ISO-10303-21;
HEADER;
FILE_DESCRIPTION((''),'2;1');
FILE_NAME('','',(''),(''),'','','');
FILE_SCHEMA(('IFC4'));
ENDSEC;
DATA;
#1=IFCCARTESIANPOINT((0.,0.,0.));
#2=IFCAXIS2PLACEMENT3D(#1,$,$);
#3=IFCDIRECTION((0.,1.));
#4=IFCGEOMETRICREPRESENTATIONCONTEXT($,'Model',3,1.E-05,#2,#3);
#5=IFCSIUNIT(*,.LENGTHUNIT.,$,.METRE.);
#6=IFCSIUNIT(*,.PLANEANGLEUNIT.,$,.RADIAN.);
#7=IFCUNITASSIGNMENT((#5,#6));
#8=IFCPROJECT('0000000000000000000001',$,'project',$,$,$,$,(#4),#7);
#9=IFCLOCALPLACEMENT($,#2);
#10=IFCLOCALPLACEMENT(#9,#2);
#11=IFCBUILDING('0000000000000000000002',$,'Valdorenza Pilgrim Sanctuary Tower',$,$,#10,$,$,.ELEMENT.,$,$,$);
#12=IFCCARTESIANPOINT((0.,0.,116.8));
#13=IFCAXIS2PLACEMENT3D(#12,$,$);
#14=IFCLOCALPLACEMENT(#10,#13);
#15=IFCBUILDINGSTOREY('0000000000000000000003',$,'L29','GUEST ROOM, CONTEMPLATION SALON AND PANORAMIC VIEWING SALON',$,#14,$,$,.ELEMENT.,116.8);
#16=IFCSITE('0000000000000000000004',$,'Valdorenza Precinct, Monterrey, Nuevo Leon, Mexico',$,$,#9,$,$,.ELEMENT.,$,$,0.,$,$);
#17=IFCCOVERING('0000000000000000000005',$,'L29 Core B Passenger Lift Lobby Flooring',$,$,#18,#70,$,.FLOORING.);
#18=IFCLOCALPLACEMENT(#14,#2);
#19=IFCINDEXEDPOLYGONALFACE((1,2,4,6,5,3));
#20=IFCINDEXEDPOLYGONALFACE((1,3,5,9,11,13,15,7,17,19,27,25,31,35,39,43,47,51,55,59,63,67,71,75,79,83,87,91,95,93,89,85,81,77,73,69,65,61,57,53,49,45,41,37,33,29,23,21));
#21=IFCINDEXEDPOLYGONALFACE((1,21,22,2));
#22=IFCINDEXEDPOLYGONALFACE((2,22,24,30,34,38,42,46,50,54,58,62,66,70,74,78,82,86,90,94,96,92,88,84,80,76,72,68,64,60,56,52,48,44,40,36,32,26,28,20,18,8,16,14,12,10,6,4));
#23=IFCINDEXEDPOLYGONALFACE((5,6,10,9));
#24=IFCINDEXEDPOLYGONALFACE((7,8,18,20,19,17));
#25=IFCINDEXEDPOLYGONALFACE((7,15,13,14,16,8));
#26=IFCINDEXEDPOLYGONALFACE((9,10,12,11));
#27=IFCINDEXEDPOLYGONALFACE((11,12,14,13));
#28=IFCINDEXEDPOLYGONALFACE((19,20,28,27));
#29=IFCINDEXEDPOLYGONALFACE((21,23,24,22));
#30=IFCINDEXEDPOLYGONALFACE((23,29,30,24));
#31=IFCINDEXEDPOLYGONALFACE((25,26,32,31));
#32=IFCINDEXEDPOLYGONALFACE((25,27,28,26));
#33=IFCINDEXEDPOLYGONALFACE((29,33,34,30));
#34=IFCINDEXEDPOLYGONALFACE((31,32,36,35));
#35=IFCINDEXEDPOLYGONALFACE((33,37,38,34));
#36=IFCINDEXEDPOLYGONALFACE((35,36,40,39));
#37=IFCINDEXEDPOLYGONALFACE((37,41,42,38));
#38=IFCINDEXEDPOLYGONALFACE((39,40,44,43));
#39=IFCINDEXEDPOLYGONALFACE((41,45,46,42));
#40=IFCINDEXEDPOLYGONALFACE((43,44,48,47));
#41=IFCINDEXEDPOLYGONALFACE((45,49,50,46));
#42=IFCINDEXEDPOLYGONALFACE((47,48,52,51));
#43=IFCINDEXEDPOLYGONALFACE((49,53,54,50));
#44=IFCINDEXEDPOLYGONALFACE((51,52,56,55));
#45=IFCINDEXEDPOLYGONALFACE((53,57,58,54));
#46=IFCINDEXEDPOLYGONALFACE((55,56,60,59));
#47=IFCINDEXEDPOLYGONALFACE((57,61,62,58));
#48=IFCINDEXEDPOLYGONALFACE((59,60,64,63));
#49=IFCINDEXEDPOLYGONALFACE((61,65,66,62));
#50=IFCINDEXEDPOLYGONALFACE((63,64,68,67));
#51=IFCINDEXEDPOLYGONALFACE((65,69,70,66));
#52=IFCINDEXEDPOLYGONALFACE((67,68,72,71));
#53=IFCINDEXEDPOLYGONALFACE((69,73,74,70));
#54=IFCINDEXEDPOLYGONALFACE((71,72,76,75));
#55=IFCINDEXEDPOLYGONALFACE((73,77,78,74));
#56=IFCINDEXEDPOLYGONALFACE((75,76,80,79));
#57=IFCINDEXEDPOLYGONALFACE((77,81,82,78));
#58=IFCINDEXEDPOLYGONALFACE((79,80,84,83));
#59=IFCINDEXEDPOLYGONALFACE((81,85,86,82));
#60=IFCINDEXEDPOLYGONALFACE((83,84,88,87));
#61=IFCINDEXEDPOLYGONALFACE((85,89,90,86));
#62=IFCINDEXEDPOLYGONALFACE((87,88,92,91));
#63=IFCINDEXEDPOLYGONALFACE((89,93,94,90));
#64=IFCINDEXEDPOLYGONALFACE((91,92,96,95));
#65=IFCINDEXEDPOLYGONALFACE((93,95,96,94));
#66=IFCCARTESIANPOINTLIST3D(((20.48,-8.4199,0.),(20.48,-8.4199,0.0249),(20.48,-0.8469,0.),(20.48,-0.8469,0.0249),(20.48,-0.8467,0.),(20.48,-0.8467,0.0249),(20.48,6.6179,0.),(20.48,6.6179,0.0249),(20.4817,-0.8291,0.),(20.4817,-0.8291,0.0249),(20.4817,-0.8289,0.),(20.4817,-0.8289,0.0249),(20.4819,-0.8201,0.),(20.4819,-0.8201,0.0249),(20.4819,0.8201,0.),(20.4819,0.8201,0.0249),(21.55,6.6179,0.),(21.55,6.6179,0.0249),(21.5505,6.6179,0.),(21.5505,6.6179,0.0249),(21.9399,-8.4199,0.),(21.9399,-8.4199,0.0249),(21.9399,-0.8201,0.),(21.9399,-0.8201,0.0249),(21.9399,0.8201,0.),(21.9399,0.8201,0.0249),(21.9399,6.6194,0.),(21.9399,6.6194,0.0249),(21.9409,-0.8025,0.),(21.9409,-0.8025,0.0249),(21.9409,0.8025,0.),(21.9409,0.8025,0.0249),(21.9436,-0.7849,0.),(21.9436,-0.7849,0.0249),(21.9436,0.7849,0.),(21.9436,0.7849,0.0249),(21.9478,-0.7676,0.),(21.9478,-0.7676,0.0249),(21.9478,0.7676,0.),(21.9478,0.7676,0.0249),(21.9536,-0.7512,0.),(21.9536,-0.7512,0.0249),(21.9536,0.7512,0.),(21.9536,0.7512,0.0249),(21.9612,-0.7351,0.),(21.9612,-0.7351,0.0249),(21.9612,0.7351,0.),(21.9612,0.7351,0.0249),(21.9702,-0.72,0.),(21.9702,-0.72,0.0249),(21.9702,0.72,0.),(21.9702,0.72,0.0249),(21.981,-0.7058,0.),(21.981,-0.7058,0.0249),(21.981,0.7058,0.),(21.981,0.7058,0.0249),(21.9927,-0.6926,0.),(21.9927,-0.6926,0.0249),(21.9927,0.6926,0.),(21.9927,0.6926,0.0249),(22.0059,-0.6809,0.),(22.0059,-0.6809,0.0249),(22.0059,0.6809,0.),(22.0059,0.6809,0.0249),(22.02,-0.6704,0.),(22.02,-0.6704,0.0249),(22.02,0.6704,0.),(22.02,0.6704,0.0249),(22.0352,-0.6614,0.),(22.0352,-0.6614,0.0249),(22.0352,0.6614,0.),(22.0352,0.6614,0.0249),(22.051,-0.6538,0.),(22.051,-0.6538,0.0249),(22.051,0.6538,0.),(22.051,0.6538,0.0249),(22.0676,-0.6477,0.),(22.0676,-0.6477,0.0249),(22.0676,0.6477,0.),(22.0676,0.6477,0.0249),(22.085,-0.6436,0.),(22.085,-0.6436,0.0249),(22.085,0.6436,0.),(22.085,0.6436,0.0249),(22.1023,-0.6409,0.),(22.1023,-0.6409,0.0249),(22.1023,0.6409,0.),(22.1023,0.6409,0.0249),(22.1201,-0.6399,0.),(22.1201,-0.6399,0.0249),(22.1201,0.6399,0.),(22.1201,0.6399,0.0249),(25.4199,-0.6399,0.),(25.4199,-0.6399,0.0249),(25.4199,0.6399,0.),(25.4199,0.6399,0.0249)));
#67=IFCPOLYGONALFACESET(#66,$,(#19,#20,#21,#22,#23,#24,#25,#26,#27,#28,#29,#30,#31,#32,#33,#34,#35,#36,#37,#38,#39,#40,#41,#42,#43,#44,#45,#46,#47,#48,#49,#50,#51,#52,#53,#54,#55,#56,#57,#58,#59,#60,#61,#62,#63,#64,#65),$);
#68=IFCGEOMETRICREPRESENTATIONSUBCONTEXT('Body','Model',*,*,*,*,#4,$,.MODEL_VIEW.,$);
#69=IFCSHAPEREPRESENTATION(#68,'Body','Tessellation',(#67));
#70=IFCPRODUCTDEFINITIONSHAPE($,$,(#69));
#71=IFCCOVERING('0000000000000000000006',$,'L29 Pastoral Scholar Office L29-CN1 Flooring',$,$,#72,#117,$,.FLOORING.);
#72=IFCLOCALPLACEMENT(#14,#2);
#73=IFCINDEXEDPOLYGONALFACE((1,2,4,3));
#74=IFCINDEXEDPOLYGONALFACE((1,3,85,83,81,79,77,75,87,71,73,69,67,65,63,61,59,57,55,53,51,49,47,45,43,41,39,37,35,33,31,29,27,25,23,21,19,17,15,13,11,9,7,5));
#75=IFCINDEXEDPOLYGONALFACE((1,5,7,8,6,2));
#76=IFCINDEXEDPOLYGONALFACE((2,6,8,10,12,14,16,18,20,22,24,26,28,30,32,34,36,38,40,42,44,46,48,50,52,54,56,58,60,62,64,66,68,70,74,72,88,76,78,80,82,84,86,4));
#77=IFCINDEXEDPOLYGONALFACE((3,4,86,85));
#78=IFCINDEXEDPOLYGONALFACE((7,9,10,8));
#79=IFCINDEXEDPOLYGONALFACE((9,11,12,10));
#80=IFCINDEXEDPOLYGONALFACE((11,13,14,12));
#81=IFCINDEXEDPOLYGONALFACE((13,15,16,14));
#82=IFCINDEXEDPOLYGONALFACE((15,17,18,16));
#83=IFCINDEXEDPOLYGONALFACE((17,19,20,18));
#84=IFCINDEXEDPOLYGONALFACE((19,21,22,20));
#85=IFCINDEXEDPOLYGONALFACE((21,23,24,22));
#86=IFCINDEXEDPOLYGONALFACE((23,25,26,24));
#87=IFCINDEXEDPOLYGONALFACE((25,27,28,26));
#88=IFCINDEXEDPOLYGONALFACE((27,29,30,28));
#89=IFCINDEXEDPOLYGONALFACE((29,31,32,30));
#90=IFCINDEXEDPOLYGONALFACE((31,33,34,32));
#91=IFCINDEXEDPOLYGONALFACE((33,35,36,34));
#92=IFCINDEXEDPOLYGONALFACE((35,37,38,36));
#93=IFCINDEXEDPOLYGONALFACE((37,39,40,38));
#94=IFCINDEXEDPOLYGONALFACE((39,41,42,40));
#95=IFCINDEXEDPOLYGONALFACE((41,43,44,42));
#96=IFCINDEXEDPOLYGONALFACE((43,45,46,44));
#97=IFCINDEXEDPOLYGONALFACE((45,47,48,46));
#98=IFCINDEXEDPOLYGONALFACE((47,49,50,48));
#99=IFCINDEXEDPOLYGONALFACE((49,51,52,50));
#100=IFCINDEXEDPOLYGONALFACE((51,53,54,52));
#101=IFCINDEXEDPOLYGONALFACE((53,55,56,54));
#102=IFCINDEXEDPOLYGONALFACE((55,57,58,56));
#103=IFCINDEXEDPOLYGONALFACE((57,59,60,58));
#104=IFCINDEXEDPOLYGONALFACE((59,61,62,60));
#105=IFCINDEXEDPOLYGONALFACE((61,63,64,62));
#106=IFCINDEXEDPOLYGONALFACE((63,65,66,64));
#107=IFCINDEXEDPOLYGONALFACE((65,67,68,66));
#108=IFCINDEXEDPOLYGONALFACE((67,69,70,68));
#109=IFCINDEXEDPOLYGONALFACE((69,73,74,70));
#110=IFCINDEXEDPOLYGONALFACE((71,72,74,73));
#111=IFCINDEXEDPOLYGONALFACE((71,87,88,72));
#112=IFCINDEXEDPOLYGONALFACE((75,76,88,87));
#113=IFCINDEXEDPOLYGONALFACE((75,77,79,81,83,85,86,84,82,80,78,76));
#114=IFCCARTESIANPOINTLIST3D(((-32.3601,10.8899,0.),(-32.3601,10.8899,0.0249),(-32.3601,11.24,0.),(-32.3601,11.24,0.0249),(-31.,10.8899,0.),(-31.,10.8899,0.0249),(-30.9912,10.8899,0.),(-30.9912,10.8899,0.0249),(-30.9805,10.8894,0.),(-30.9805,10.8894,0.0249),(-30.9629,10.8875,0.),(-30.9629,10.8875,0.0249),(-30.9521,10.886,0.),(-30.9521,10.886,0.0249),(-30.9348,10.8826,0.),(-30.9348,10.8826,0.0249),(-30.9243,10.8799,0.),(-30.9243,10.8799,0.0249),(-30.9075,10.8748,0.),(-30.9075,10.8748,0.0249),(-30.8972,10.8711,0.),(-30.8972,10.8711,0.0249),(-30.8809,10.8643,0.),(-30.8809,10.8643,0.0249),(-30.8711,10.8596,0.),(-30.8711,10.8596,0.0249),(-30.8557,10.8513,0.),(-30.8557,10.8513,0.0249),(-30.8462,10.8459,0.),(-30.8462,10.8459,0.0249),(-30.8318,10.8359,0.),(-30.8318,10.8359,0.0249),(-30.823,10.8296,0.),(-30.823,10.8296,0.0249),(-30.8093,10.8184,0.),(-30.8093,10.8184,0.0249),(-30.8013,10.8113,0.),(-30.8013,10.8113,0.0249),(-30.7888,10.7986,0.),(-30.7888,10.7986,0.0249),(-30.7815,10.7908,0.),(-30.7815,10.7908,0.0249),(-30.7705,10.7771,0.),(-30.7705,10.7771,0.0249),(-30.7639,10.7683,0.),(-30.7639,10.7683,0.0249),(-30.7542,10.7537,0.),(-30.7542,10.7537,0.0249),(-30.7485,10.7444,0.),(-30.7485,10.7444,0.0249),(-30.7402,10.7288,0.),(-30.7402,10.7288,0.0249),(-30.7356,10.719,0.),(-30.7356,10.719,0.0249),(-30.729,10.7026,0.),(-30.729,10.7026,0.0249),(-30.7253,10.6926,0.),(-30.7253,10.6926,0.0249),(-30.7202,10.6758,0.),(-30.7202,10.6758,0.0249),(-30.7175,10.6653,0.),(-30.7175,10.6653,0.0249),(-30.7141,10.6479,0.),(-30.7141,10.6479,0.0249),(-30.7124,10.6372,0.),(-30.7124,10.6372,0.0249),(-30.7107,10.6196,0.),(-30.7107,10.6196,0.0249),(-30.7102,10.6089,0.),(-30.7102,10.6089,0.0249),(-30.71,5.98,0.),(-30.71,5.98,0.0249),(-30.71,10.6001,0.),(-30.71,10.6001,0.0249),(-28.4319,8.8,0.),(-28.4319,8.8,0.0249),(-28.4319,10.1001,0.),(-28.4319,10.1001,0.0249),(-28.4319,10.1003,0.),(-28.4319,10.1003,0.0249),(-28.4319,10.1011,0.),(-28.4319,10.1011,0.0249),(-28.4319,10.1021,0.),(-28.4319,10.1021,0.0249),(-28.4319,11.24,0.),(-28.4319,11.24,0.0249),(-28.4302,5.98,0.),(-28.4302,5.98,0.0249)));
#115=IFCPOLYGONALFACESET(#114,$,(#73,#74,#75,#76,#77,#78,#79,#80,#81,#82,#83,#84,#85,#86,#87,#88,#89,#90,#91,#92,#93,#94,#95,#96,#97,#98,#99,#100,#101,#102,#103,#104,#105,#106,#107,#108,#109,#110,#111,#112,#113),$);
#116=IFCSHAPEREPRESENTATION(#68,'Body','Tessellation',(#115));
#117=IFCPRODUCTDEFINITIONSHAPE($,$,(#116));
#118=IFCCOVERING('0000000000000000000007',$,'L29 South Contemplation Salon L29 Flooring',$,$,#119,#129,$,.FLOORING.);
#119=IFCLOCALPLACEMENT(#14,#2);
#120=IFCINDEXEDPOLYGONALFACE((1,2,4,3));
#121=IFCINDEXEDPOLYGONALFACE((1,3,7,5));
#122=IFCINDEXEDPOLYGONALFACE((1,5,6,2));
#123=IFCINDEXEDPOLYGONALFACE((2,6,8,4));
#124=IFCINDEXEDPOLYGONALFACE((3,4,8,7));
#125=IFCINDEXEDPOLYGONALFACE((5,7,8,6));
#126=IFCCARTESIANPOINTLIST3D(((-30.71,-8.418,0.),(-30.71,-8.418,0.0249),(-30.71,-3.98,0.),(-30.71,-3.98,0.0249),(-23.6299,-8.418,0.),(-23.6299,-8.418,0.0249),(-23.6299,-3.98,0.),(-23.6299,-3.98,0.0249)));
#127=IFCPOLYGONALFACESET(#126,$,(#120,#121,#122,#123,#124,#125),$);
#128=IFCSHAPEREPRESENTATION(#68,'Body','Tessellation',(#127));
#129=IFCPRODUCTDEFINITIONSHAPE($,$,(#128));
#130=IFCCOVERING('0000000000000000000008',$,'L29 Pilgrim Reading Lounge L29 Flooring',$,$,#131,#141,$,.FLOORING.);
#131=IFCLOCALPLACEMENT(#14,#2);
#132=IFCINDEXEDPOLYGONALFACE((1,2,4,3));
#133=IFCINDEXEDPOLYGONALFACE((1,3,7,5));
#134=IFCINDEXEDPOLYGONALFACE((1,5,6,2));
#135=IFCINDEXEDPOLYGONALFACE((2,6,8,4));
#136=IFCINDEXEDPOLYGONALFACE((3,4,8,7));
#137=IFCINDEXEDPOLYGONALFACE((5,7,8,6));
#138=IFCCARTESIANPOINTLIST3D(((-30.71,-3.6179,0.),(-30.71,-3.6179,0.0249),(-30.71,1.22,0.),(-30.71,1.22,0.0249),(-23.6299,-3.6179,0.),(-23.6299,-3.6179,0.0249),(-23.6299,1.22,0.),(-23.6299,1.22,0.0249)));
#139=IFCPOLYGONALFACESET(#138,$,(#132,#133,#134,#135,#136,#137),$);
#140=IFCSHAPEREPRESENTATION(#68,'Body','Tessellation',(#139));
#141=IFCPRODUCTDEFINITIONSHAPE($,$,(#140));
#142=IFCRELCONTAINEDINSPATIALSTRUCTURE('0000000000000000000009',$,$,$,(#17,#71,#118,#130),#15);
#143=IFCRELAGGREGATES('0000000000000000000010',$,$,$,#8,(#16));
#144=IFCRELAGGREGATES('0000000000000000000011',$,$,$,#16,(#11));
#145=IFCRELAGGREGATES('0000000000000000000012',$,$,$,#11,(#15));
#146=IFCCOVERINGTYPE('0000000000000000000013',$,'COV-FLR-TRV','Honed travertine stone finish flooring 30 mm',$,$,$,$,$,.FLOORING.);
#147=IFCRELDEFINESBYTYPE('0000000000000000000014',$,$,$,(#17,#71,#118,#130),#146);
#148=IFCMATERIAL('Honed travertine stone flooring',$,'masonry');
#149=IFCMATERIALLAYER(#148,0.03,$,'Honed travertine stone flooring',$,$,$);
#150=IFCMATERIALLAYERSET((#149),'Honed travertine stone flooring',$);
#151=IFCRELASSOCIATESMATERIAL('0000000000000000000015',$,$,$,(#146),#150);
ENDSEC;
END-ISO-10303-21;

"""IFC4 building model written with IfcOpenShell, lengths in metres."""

from ifc_helpers import new_model, si_unit, direction, frame, origin, place, context, subcontext, project, spatial, polyline, outline, extrude, material, layer, layer_set, type_object, element, save


model = new_model("IFC4")

# Units and contexts
model_context = context("Model", 3, precision=1e-05, world=origin(), true_north=direction((0.0, 1.0)))
body_context = subcontext(model_context, "Body", "Model", "MODEL_VIEW")
ifc_project = project(units=[si_unit("LENGTHUNIT", "METRE"), si_unit("PLANEANGLEUNIT", "RADIAN")], contexts=[model_context])

# Site, building, storey
site_placement = place(None, origin())
site = spatial("IfcSite", under=ifc_project, at=site_placement, Name="Valdorenza Precinct, Monterrey, Nuevo Leon, Mexico", CompositionType="ELEMENT", RefElevation=0.0)
building_placement = place(site_placement, origin())
building = spatial("IfcBuilding", under=site, at=building_placement, Name="Valdorenza Pilgrim Sanctuary Tower", CompositionType="ELEMENT")
storey_placement = place(building_placement, frame((0.0, 0.0, 116.8)))
storey = spatial("IfcBuildingStorey", under=building, at=storey_placement, Name="L29", Description="GUEST ROOM, CONTEMPLATION SALON AND PANORAMIC VIEWING SALON", CompositionType="ELEMENT", Elevation=116.8)

# Coverings
ifc_material_1 = material(Name="Honed travertine stone flooring", Category="masonry")
ifc_layer_1 = layer(ifc_material_1, 0.03, Name="Honed travertine stone flooring")
ifc_layer_set_1 = layer_set([ifc_layer_1], Name="Honed travertine stone flooring")
covering_type_1 = type_object("IfcCoveringType", Name="COV-FLR-TRV", Description="Honed travertine stone finish flooring 30 mm", PredefinedType="FLOORING", material=ifc_layer_set_1)
covering_1_placement = place(storey_placement, origin())
element("IfcCovering", 1, at=covering_1_placement, inside=storey, type_object=covering_type_1, Name="L29 Core B Passenger Lift Lobby Flooring", PredefinedType="FLOORING", context=body_context, shape_type="SweptSolid", body=[
    extrude(outline(polyline([(20.48, 6.6179), (21.55, 6.6179), (21.5505, 6.6179), (21.9399, 6.6194), (21.9399, 0.8201), (21.9409, 0.8025), (21.9436, 0.7849), (21.9478, 0.7676), (21.9536, 0.7512), (21.9612, 0.7351), (21.9702, 0.72), (21.981, 0.7058), (21.9927, 0.6926), (22.0059, 0.6809), (22.02, 0.6704), (22.0352, 0.6614), (22.051, 0.6538), (22.0676, 0.6477), (22.085, 0.6436), (22.1023, 0.6409), (22.1201, 0.6399), (25.4199, 0.6399), (25.4199, -0.6399), (22.1201, -0.6399), (22.1023, -0.6409), (22.085, -0.6436), (22.0676, -0.6477), (22.051, -0.6538), (22.0352, -0.6614), (22.02, -0.6704), (22.0059, -0.6809), (21.9927, -0.6926), (21.981, -0.7058), (21.9702, -0.72), (21.9612, -0.7351), (21.9536, -0.7512), (21.9478, -0.7676), (21.9436, -0.7849), (21.9409, -0.8025), (21.9399, -0.8201), (21.9399, -8.4199), (20.48, -8.4199), (20.48, -0.8469), (20.48, -0.8467), (20.48, -0.8467), (20.4817, -0.8291), (20.4817, -0.8289), (20.4819, -0.8201), (20.4819, 0.8201), (20.48, 6.6179)])), origin(), (0.0, 0.0, 1.0), 0.0249),
])
covering_2_placement = place(storey_placement, origin())
element("IfcCovering", 2, at=covering_2_placement, inside=storey, type_object=covering_type_1, Name="L29 Pastoral Scholar Office L29-CN1 Flooring", PredefinedType="FLOORING", context=body_context, shape_type="SweptSolid", body=[
    extrude(outline(polyline([(-28.4319, 11.24), (-28.4319, 10.1021), (-28.4319, 10.1011), (-28.4319, 10.1003), (-28.4319, 10.1001), (-28.4319, 8.8), (-28.4302, 5.98), (-30.71, 5.98), (-30.71, 10.6001), (-30.7102, 10.6089), (-30.7107, 10.6196), (-30.7124, 10.6372), (-30.7141, 10.6479), (-30.7175, 10.6653), (-30.7202, 10.6758), (-30.7253, 10.6926), (-30.729, 10.7026), (-30.7356, 10.719), (-30.7402, 10.7288), (-30.7485, 10.7444), (-30.7542, 10.7537), (-30.7639, 10.7683), (-30.7705, 10.7771), (-30.7815, 10.7908), (-30.7888, 10.7986), (-30.8013, 10.8113), (-30.8093, 10.8184), (-30.823, 10.8296), (-30.8318, 10.8359), (-30.8462, 10.8459), (-30.8557, 10.8513), (-30.8711, 10.8596), (-30.8809, 10.8643), (-30.8972, 10.8711), (-30.9075, 10.8748), (-30.9243, 10.8799), (-30.9348, 10.8826), (-30.9521, 10.886), (-30.9629, 10.8875), (-30.9805, 10.8894), (-30.9912, 10.8899), (-31.0, 10.8899), (-32.3601, 10.8899), (-32.3601, 11.24), (-28.4319, 11.24)])), origin(), (0.0, 0.0, 1.0), 0.0249),
])
covering_3_placement = place(storey_placement, origin())
element("IfcCovering", 3, at=covering_3_placement, inside=storey, type_object=covering_type_1, Name="L29 South Contemplation Salon L29 Flooring", PredefinedType="FLOORING", context=body_context, shape_type="SweptSolid", body=[
    extrude(outline(polyline([(-23.6299, -8.418), (-30.71, -8.418), (-30.71, -3.98), (-23.6299, -3.98), (-23.6299, -8.418)])), origin(), (0.0, 0.0, 1.0), 0.0249),
])
covering_4_placement = place(storey_placement, origin())
element("IfcCovering", 4, at=covering_4_placement, inside=storey, type_object=covering_type_1, Name="L29 Pilgrim Reading Lounge L29 Flooring", PredefinedType="FLOORING", context=body_context, shape_type="SweptSolid", body=[
    extrude(outline(polyline([(-23.6299, -3.6179), (-30.71, -3.6179), (-30.71, 1.22), (-23.6299, 1.22), (-23.6299, -3.6179)])), origin(), (0.0, 0.0, 1.0), 0.0249),
])

save(model, "model.ifc")
